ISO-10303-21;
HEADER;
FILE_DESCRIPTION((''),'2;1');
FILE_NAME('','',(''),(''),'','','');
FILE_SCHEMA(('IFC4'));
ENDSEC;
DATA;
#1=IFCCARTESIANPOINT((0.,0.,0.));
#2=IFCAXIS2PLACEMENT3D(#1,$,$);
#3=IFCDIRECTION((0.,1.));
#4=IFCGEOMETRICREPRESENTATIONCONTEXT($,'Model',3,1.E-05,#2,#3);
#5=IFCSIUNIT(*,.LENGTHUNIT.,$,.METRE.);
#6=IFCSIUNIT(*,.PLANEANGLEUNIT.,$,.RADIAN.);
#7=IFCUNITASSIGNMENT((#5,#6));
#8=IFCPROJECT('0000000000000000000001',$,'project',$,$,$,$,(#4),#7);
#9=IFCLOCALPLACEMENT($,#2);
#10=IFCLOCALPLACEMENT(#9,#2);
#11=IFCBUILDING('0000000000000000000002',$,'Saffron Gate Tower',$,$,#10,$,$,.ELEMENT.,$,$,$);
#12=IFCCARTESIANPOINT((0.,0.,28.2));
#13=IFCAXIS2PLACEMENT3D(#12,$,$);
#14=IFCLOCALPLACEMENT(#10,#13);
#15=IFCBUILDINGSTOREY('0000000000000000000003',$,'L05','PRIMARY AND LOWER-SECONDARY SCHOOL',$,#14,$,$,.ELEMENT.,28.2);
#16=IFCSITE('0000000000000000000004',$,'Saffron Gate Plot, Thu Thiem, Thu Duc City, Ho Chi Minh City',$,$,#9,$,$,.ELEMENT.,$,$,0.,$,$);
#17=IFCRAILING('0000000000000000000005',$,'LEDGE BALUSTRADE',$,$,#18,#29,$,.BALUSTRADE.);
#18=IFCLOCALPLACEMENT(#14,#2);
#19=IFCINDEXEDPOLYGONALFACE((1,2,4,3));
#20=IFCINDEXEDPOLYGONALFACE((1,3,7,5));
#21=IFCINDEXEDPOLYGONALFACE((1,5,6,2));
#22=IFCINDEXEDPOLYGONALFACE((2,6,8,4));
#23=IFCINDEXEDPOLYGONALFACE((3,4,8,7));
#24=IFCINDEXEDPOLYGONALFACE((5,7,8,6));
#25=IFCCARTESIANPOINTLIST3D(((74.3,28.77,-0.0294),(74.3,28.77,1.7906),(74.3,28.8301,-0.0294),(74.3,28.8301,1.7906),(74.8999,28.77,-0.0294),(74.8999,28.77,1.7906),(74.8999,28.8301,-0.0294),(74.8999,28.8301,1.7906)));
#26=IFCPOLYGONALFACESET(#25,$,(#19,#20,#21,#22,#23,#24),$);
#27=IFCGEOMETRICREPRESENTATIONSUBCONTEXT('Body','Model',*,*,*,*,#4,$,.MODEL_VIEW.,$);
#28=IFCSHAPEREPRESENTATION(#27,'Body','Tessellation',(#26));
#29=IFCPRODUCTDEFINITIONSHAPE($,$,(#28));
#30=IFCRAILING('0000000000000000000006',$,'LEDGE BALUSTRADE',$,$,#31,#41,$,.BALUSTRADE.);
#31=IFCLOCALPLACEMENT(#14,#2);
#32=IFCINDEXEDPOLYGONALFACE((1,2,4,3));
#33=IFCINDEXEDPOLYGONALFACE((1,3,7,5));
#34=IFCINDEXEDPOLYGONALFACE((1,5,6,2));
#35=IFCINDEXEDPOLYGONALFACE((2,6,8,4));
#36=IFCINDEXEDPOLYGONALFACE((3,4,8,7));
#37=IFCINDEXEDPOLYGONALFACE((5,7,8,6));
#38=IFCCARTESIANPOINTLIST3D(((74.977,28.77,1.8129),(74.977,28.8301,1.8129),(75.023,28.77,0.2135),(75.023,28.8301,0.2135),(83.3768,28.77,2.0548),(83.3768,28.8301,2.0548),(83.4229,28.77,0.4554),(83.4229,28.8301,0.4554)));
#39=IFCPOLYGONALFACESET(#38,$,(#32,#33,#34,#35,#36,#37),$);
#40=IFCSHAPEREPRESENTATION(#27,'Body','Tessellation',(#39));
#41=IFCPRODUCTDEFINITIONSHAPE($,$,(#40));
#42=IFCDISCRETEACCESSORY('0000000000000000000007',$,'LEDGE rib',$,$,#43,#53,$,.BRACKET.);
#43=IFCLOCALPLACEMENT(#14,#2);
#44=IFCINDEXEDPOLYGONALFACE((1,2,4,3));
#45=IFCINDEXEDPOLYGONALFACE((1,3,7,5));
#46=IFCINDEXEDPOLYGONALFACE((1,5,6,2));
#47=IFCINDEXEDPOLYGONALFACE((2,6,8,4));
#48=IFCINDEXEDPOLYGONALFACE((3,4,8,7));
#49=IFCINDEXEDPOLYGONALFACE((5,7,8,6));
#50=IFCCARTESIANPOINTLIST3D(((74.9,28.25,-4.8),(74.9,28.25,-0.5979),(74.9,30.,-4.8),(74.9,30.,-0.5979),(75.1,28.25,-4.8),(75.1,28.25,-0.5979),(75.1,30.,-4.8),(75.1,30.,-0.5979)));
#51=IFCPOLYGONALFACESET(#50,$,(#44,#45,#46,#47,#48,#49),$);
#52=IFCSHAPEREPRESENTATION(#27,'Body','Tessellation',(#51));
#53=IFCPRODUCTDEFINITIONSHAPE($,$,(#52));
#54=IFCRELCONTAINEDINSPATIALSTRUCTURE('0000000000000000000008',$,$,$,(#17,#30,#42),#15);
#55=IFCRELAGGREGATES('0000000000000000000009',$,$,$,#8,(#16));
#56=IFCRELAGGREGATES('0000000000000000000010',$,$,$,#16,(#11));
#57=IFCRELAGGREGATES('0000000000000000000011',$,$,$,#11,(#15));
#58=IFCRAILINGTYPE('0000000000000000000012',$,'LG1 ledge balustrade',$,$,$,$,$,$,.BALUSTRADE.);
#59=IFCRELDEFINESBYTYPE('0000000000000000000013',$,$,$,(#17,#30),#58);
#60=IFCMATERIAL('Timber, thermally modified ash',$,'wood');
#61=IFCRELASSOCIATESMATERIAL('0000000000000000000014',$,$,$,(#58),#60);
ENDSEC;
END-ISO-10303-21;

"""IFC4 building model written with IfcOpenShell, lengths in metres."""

from ifc_helpers import new_model, si_unit, direction, frame, origin, origin_2d, place, context, subcontext, project, spatial, rectangle, extrude, material, type_object, element, save


model = new_model("IFC4")

# Units and contexts
model_context = context("Model", 3, precision=1e-05, world=origin(), true_north=direction((0.0, 1.0)))
body_context = subcontext(model_context, "Body", "Model", "MODEL_VIEW")
ifc_project = project(units=[si_unit("LENGTHUNIT", "METRE"), si_unit("PLANEANGLEUNIT", "RADIAN")], contexts=[model_context])

# Site, building, storey
site_placement = place(None, origin())
site = spatial("IfcSite", under=ifc_project, at=site_placement, Name="Saffron Gate Plot, Thu Thiem, Thu Duc City, Ho Chi Minh City", CompositionType="ELEMENT", RefElevation=0.0)
building_placement = place(site_placement, origin())
building = spatial("IfcBuilding", under=site, at=building_placement, Name="Saffron Gate Tower", CompositionType="ELEMENT")
storey_placement = place(building_placement, frame((0.0, 0.0, 28.2)))
storey = spatial("IfcBuildingStorey", under=building, at=storey_placement, Name="L05", Description="PRIMARY AND LOWER-SECONDARY SCHOOL", CompositionType="ELEMENT", Elevation=28.2)

# Shared definitions
ifc_material_1 = material(Name="Timber, thermally modified ash", Category="wood")

# Railings
railing_type_1 = type_object("IfcRailingType", Name="LG1 ledge balustrade", PredefinedType="BALUSTRADE", material=ifc_material_1)
railing_1_placement = place(storey_placement, frame((74.3, 28.8, -0.0295)))
element("IfcRailing", 1, at=railing_1_placement, inside=storey, type_object=railing_type_1, Name="LEDGE BALUSTRADE", PredefinedType="BALUSTRADE", context=body_context, shape_type="SweptSolid", body=[
    extrude(rectangle(XDim=0.0601, YDim=1.8201, at=origin_2d()), frame((0.0, 0.0, 0.9102), z_axis=(1.0, 0.0, 0.0), x_axis=(0.0, 1.0, 0.0)), (0.0, 0.0, 1.0), 0.5999),
])
railing_2_placement = place(storey_placement, frame((75.0, 28.8, 0.2131)))
element("IfcRailing", 2, at=railing_2_placement, inside=storey, type_object=railing_type_1, Name="LEDGE BALUSTRADE", PredefinedType="BALUSTRADE", context=body_context, shape_type="SweptSolid", body=[
    extrude(rectangle(XDim=0.0601, YDim=1.6001, at=origin_2d()), frame((0.0, 0.0, 0.8), z_axis=(0.999585, 0.0, 0.028791), x_axis=(0.0, 1.0, 0.0)), (0.0, 0.0, 1.0), 8.4033),
])

# Discrete accessory
discrete_accessory_placement = place(storey_placement, frame((75.0, 29.125, -4.8), z_axis=(0.0, 0.0, 1.0), x_axis=(1.0, 0.0, 0.0)))
element("IfcDiscreteAccessory", 3, at=discrete_accessory_placement, inside=storey, Name="LEDGE rib", PredefinedType="BRACKET", context=body_context, shape_type="SweptSolid", body=[
    extrude(rectangle(XDim=0.2, YDim=1.75, at=origin_2d()), origin(), (0.0, 0.0, 1.0), 4.2021),
])

save(model, "model.ifc")
